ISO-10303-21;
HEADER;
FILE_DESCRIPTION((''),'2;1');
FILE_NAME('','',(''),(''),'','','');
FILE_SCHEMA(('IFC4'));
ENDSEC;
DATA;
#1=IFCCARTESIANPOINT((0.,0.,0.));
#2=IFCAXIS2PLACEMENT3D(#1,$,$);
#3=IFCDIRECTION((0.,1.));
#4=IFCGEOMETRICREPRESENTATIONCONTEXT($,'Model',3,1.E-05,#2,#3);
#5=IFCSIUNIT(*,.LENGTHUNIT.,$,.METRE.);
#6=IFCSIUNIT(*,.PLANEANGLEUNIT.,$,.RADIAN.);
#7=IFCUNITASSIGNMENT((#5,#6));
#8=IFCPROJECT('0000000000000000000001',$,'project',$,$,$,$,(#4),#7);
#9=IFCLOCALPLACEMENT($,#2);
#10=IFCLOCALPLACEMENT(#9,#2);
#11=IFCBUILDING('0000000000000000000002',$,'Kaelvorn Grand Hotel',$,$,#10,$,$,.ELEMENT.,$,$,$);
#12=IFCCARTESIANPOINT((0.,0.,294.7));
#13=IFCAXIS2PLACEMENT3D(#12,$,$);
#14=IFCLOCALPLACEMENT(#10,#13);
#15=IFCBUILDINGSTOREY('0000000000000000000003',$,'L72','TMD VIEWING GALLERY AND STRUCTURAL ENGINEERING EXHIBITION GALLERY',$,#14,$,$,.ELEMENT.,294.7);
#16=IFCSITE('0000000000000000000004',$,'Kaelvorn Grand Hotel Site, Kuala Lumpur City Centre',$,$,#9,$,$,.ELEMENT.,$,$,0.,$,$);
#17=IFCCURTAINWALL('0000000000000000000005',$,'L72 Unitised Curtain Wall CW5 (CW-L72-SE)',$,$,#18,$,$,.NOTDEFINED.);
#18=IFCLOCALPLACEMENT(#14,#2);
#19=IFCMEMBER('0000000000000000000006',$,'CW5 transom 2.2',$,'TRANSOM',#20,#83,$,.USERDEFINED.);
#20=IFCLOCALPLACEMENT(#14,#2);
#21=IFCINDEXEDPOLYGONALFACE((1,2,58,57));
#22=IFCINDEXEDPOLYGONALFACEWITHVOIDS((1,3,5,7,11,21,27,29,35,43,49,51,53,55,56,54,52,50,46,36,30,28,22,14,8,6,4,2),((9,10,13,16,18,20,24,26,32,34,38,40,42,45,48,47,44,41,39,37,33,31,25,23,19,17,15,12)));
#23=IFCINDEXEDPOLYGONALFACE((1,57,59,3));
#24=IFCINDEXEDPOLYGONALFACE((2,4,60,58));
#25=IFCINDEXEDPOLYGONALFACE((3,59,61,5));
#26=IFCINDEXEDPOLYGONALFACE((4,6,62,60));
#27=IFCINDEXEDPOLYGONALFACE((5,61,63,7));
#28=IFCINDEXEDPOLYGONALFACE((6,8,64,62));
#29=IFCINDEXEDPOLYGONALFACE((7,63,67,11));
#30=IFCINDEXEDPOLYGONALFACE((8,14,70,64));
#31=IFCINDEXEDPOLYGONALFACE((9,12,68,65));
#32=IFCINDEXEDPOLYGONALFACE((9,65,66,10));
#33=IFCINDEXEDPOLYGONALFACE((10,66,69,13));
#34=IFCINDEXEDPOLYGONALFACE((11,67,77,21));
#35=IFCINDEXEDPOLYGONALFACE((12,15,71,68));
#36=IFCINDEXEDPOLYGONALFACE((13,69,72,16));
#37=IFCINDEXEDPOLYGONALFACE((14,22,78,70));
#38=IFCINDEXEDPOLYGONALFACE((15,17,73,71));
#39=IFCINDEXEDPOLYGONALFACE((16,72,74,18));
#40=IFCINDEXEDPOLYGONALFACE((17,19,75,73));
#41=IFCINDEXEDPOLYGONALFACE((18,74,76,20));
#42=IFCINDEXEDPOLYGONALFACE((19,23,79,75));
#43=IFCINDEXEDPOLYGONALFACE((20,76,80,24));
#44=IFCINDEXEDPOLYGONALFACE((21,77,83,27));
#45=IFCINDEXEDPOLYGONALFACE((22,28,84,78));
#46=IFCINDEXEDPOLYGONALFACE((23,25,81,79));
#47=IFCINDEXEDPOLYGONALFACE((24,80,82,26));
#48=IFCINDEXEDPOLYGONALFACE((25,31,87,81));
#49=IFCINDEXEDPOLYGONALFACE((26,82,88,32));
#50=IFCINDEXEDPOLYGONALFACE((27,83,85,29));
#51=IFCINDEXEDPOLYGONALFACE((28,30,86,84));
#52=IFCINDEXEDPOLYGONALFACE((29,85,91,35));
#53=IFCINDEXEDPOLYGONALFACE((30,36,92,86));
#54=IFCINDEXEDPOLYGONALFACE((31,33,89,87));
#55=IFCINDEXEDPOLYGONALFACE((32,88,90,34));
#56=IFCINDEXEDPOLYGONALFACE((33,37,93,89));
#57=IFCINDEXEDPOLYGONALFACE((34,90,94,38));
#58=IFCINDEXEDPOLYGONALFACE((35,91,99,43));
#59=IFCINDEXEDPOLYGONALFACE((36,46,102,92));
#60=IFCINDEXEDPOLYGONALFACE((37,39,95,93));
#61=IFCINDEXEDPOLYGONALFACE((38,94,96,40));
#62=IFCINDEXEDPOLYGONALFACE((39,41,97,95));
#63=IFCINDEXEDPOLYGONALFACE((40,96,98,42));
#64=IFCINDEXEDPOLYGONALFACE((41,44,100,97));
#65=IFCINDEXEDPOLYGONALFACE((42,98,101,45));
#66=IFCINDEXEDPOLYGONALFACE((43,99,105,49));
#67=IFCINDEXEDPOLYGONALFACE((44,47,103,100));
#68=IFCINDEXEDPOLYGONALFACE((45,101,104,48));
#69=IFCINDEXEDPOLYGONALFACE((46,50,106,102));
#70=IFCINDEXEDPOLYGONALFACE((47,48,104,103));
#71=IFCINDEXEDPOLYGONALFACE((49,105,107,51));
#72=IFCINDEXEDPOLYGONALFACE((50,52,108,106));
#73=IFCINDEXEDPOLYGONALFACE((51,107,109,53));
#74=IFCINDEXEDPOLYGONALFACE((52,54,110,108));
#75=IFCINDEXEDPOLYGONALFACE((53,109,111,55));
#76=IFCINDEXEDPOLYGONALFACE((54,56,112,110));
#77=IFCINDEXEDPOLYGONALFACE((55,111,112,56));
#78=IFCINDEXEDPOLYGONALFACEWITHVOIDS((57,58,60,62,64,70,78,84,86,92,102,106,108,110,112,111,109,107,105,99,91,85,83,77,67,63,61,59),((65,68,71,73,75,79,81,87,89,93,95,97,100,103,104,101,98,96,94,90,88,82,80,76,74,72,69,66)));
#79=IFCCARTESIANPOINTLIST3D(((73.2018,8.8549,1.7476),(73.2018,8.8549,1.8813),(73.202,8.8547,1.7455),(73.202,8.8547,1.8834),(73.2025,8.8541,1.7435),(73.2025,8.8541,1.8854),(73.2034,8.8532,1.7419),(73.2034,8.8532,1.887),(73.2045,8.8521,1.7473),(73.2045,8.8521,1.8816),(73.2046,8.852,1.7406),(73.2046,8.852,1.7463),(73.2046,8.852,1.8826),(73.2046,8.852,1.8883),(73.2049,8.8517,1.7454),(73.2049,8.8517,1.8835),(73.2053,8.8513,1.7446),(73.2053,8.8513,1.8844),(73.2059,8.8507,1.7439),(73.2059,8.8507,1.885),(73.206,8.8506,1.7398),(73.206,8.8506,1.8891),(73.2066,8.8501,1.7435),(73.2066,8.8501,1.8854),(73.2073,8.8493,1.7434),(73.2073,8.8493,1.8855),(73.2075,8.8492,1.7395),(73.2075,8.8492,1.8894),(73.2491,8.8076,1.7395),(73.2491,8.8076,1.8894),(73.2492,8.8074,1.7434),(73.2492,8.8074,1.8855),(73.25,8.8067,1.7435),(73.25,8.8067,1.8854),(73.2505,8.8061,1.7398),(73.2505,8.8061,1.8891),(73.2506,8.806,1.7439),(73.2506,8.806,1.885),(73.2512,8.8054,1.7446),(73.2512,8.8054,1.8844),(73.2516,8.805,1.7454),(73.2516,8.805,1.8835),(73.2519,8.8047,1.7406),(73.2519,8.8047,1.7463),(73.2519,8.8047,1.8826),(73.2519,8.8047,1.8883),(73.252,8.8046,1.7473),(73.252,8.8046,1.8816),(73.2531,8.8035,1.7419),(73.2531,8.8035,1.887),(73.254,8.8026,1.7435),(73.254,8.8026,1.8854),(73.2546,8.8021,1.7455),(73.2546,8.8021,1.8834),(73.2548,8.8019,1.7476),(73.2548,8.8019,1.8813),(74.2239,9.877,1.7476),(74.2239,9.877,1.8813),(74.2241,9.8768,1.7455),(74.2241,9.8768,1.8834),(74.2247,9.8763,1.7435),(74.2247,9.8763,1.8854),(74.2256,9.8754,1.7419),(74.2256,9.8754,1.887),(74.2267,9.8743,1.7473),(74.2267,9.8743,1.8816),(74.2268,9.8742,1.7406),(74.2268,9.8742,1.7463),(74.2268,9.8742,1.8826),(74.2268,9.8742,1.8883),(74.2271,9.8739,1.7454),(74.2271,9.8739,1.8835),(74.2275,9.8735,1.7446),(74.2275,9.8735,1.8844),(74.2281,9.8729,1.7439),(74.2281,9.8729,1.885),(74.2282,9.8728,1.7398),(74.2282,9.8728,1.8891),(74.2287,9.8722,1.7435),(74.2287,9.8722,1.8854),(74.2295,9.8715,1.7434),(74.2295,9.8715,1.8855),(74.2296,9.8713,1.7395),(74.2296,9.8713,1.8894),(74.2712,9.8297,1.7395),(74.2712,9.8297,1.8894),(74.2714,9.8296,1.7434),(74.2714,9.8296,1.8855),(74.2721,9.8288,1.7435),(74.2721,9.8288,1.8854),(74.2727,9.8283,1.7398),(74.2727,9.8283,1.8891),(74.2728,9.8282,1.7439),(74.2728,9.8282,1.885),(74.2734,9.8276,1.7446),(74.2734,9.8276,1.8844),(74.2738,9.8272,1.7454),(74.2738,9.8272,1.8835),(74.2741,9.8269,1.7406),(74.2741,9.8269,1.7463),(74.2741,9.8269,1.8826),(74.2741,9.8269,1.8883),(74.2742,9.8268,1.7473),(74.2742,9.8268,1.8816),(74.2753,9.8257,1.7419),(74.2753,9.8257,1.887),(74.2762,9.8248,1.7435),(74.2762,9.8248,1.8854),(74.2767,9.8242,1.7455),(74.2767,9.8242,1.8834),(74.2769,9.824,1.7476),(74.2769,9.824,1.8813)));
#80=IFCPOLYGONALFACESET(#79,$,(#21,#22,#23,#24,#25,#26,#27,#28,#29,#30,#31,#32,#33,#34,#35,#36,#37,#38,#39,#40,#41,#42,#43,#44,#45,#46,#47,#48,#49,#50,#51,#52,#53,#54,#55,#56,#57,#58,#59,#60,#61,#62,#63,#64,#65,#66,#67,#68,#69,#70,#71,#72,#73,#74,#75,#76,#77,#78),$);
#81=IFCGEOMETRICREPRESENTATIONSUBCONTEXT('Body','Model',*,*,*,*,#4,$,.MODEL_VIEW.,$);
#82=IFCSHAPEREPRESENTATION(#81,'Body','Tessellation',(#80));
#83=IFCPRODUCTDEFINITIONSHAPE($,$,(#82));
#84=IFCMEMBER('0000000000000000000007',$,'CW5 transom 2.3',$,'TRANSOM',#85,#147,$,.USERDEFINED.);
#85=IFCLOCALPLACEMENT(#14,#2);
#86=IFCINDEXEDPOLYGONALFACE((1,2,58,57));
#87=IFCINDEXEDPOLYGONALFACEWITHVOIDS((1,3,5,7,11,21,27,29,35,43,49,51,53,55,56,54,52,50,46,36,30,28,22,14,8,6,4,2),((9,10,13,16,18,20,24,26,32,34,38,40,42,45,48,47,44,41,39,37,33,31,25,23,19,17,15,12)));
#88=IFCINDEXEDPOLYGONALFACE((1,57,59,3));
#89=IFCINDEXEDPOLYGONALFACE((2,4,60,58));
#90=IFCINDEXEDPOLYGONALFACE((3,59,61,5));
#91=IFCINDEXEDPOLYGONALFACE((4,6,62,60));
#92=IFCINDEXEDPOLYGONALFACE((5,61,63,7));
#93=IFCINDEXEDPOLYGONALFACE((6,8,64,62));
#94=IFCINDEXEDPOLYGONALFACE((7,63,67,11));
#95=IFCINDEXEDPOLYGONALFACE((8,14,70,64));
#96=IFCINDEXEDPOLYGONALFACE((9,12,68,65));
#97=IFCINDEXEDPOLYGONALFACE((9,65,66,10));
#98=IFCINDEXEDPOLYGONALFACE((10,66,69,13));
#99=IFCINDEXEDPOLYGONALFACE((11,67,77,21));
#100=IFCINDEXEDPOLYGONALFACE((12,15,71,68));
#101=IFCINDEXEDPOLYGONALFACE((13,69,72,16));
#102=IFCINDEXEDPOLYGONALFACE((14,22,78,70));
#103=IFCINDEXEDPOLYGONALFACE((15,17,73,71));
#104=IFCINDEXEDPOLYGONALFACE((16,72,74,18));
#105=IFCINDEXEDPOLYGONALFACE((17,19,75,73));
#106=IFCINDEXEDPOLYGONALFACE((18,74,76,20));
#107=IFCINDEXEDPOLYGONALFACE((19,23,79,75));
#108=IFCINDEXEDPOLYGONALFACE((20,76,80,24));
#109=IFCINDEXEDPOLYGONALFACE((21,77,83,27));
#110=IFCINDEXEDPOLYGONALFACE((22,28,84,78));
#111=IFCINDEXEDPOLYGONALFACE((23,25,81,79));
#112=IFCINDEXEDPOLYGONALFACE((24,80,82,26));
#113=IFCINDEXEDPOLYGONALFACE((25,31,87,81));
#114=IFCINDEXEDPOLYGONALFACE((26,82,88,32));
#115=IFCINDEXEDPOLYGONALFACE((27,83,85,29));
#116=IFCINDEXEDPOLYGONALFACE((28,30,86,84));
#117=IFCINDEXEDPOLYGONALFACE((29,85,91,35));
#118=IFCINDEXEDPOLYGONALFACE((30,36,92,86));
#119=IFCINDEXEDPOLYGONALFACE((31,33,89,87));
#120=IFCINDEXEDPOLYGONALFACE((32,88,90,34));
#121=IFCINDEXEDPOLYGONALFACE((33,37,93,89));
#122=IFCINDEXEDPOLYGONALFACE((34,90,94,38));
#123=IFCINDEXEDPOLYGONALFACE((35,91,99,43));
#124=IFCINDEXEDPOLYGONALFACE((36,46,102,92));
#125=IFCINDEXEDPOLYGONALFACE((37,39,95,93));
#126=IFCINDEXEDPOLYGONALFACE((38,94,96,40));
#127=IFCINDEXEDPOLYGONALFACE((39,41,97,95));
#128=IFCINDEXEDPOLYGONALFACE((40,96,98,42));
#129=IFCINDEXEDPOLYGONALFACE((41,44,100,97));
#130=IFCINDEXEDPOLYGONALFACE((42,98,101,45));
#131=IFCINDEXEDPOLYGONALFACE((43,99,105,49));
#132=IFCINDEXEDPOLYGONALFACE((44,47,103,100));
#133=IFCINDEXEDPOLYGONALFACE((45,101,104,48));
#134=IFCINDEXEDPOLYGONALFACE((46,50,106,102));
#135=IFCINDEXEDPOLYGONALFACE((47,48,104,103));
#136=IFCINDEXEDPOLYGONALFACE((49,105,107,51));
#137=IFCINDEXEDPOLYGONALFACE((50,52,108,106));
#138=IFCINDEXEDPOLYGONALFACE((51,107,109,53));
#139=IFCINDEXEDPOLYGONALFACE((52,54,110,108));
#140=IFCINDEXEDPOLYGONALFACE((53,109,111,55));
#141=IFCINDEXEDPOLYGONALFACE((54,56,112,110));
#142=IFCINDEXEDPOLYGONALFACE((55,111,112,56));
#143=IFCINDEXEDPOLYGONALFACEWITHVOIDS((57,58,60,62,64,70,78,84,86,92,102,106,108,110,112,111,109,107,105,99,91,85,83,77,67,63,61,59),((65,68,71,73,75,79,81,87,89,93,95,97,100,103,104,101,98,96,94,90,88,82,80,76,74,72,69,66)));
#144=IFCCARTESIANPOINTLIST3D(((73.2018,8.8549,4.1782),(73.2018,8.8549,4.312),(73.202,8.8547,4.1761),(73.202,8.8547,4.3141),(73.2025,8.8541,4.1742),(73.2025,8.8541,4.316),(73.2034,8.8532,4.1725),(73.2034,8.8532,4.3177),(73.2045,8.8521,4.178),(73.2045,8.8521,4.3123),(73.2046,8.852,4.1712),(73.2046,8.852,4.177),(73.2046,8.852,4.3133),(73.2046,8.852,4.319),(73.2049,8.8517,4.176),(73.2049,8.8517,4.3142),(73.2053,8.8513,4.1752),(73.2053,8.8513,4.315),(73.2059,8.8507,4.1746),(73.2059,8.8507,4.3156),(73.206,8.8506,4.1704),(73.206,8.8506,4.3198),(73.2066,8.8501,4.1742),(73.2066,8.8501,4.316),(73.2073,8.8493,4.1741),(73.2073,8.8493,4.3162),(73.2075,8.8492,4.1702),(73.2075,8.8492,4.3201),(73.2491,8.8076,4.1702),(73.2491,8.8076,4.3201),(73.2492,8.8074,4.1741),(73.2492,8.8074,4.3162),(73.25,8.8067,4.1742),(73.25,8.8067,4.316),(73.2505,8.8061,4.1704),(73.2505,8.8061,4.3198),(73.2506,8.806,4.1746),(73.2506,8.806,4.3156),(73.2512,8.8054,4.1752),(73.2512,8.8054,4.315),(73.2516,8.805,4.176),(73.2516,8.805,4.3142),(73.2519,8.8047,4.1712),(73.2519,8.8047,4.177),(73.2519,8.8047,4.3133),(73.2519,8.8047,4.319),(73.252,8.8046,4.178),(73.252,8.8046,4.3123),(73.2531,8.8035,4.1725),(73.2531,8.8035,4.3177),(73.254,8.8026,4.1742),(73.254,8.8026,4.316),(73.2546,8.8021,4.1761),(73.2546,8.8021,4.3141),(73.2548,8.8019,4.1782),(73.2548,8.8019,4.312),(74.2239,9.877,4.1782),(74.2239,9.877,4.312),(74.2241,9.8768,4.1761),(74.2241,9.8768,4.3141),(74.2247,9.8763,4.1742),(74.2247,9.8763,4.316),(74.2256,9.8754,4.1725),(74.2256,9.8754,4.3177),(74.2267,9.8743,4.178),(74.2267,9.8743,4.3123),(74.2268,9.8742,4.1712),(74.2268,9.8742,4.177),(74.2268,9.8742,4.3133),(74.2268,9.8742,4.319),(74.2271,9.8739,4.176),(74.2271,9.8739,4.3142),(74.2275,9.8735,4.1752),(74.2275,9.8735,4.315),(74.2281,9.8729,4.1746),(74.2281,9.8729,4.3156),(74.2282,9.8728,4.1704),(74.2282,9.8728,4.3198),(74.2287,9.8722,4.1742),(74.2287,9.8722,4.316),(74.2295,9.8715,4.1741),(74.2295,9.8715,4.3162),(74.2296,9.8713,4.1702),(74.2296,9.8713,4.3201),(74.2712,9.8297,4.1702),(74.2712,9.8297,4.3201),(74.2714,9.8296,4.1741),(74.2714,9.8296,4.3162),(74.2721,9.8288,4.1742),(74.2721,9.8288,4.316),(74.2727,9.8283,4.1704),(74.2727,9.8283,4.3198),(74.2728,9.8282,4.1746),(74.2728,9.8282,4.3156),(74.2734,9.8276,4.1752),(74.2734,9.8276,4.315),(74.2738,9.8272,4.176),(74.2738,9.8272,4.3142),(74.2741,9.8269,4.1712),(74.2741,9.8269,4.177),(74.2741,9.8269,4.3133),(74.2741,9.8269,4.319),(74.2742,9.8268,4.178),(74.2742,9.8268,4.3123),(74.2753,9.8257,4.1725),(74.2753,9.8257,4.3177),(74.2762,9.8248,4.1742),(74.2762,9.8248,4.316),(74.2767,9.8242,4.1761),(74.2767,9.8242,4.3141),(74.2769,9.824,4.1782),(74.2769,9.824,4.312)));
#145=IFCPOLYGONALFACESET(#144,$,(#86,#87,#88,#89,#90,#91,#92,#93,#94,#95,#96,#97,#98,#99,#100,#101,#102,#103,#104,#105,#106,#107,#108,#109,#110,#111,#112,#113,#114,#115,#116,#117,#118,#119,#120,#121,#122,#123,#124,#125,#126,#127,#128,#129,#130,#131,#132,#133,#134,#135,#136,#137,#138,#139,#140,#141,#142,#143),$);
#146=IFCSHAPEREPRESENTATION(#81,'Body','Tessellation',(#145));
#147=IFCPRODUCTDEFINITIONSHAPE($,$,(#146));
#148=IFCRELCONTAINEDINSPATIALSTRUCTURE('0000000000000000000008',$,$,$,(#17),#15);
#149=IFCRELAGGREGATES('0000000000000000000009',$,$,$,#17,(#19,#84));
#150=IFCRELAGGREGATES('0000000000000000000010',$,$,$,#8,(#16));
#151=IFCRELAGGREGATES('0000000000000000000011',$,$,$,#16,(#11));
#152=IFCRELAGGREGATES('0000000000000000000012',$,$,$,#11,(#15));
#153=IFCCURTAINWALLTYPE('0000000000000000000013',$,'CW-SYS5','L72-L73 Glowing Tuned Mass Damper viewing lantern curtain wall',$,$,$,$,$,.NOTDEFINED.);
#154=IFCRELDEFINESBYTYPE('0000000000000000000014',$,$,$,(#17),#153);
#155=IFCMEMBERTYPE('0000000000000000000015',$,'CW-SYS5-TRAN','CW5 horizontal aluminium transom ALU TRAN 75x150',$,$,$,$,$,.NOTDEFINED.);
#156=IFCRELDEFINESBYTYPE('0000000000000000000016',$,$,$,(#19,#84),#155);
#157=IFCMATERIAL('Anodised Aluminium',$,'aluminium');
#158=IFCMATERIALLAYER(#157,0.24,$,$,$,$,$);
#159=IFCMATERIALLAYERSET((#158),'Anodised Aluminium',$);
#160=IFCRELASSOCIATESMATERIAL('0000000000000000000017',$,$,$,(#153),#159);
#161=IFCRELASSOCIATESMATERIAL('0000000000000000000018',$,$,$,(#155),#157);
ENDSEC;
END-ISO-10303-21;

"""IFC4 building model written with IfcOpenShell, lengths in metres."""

from ifc_helpers import new_model, si_unit, direction, frame, origin, origin_2d, place, context, subcontext, project, spatial, hollow_rectangle, extrude, material, layer, layer_set, material_profile, profile_set, type_object, element, aggregate, save


model = new_model("IFC4")

# Units and contexts
model_context = context("Model", 3, precision=1e-05, world=origin(), true_north=direction((0.0, 1.0)))
body_context = subcontext(model_context, "Body", "Model", "MODEL_VIEW")
ifc_project = project(units=[si_unit("LENGTHUNIT", "METRE"), si_unit("PLANEANGLEUNIT", "RADIAN")], contexts=[model_context])

# Site, building, storey
site_placement = place(None, origin())
site = spatial("IfcSite", under=ifc_project, at=site_placement, Name="Kaelvorn Grand Hotel Site, Kuala Lumpur City Centre", CompositionType="ELEMENT", RefElevation=0.0)
building_placement = place(site_placement, origin())
building = spatial("IfcBuilding", under=site, at=building_placement, Name="Kaelvorn Grand Hotel", CompositionType="ELEMENT")
storey_placement = place(building_placement, frame((0.0, 0.0, 294.7)))
storey = spatial("IfcBuildingStorey", under=building, at=storey_placement, Name="L72", Description="TMD VIEWING GALLERY AND STRUCTURAL ENGINEERING EXHIBITION GALLERY", CompositionType="ELEMENT", Elevation=294.7)

# Curtain wall
ifc_material_1 = material(Name="Anodised Aluminium", Category="aluminium")
ifc_layer_1 = layer(ifc_material_1, 0.24)
ifc_layer_set_1 = layer_set([ifc_layer_1], Name="Anodised Aluminium")
curtain_wall_type = type_object("IfcCurtainWallType", Name="CW-SYS5", Description="L72-L73 Glowing Tuned Mass Damper viewing lantern curtain wall", PredefinedType="NOTDEFINED", material=ifc_layer_set_1)
curtain_wall_1_placement = place(storey_placement, origin())
curtain_wall_1 = element("IfcCurtainWall", 1, at=curtain_wall_1_placement, inside=storey, type_object=curtain_wall_type, Name="L72 Unitised Curtain Wall CW5 (CW-L72-SE)", PredefinedType="NOTDEFINED")

# Members
ifc_material_profile_1 = material_profile(ifc_material_1, hollow_rectangle(XDim=0.075, YDim=0.1499, WallThickness=0.0039, InnerFilletRadius=0.0039, OuterFilletRadius=0.0081, at=origin_2d()), Name="ALU TRAN 75x150")
ifc_profile_set_1 = profile_set([ifc_material_profile_1], Name="Anodised Aluminium")
member_type_1 = type_object("IfcMemberType", Name="CW-SYS5-TRAN", Description="CW5 horizontal aluminium transom ALU TRAN 75x150", PredefinedType="NOTDEFINED", material=ifc_profile_set_1)
member_1_placement = place(storey_placement, frame((73.2283, 8.8284, 1.8145), z_axis=(0.707107, 0.707107, 0.0), x_axis=(-0.707107, 0.707107, 0.0)))
member_1 = element("IfcMember", 2, at=member_1_placement, type_object=member_type_1, Name="CW5 transom 2.2", ObjectType="TRANSOM", PredefinedType="USERDEFINED", context=body_context, shape_type="SweptSolid", body=[
    extrude(hollow_rectangle(XDim=0.075, YDim=0.1499, WallThickness=0.0039, InnerFilletRadius=0.0039, OuterFilletRadius=0.0081, at=origin_2d()), origin(), (0.0, 0.0, 1.0), 1.4456),
])
member_2_placement = place(storey_placement, frame((73.2283, 8.8284, 4.2451), z_axis=(0.707107, 0.707107, 0.0), x_axis=(-0.707107, 0.707107, 0.0)))
member_2 = element("IfcMember", 3, at=member_2_placement, type_object=member_type_1, Name="CW5 transom 2.3", ObjectType="TRANSOM", PredefinedType="USERDEFINED", context=body_context, shape_type="SweptSolid", body=[
    extrude(hollow_rectangle(XDim=0.075, YDim=0.1499, WallThickness=0.0039, InnerFilletRadius=0.0039, OuterFilletRadius=0.0081, at=origin_2d()), origin(), (0.0, 0.0, 1.0), 1.4456),
])

aggregate(curtain_wall_1, [member_1, member_2])

save(model, "model.ifc")
